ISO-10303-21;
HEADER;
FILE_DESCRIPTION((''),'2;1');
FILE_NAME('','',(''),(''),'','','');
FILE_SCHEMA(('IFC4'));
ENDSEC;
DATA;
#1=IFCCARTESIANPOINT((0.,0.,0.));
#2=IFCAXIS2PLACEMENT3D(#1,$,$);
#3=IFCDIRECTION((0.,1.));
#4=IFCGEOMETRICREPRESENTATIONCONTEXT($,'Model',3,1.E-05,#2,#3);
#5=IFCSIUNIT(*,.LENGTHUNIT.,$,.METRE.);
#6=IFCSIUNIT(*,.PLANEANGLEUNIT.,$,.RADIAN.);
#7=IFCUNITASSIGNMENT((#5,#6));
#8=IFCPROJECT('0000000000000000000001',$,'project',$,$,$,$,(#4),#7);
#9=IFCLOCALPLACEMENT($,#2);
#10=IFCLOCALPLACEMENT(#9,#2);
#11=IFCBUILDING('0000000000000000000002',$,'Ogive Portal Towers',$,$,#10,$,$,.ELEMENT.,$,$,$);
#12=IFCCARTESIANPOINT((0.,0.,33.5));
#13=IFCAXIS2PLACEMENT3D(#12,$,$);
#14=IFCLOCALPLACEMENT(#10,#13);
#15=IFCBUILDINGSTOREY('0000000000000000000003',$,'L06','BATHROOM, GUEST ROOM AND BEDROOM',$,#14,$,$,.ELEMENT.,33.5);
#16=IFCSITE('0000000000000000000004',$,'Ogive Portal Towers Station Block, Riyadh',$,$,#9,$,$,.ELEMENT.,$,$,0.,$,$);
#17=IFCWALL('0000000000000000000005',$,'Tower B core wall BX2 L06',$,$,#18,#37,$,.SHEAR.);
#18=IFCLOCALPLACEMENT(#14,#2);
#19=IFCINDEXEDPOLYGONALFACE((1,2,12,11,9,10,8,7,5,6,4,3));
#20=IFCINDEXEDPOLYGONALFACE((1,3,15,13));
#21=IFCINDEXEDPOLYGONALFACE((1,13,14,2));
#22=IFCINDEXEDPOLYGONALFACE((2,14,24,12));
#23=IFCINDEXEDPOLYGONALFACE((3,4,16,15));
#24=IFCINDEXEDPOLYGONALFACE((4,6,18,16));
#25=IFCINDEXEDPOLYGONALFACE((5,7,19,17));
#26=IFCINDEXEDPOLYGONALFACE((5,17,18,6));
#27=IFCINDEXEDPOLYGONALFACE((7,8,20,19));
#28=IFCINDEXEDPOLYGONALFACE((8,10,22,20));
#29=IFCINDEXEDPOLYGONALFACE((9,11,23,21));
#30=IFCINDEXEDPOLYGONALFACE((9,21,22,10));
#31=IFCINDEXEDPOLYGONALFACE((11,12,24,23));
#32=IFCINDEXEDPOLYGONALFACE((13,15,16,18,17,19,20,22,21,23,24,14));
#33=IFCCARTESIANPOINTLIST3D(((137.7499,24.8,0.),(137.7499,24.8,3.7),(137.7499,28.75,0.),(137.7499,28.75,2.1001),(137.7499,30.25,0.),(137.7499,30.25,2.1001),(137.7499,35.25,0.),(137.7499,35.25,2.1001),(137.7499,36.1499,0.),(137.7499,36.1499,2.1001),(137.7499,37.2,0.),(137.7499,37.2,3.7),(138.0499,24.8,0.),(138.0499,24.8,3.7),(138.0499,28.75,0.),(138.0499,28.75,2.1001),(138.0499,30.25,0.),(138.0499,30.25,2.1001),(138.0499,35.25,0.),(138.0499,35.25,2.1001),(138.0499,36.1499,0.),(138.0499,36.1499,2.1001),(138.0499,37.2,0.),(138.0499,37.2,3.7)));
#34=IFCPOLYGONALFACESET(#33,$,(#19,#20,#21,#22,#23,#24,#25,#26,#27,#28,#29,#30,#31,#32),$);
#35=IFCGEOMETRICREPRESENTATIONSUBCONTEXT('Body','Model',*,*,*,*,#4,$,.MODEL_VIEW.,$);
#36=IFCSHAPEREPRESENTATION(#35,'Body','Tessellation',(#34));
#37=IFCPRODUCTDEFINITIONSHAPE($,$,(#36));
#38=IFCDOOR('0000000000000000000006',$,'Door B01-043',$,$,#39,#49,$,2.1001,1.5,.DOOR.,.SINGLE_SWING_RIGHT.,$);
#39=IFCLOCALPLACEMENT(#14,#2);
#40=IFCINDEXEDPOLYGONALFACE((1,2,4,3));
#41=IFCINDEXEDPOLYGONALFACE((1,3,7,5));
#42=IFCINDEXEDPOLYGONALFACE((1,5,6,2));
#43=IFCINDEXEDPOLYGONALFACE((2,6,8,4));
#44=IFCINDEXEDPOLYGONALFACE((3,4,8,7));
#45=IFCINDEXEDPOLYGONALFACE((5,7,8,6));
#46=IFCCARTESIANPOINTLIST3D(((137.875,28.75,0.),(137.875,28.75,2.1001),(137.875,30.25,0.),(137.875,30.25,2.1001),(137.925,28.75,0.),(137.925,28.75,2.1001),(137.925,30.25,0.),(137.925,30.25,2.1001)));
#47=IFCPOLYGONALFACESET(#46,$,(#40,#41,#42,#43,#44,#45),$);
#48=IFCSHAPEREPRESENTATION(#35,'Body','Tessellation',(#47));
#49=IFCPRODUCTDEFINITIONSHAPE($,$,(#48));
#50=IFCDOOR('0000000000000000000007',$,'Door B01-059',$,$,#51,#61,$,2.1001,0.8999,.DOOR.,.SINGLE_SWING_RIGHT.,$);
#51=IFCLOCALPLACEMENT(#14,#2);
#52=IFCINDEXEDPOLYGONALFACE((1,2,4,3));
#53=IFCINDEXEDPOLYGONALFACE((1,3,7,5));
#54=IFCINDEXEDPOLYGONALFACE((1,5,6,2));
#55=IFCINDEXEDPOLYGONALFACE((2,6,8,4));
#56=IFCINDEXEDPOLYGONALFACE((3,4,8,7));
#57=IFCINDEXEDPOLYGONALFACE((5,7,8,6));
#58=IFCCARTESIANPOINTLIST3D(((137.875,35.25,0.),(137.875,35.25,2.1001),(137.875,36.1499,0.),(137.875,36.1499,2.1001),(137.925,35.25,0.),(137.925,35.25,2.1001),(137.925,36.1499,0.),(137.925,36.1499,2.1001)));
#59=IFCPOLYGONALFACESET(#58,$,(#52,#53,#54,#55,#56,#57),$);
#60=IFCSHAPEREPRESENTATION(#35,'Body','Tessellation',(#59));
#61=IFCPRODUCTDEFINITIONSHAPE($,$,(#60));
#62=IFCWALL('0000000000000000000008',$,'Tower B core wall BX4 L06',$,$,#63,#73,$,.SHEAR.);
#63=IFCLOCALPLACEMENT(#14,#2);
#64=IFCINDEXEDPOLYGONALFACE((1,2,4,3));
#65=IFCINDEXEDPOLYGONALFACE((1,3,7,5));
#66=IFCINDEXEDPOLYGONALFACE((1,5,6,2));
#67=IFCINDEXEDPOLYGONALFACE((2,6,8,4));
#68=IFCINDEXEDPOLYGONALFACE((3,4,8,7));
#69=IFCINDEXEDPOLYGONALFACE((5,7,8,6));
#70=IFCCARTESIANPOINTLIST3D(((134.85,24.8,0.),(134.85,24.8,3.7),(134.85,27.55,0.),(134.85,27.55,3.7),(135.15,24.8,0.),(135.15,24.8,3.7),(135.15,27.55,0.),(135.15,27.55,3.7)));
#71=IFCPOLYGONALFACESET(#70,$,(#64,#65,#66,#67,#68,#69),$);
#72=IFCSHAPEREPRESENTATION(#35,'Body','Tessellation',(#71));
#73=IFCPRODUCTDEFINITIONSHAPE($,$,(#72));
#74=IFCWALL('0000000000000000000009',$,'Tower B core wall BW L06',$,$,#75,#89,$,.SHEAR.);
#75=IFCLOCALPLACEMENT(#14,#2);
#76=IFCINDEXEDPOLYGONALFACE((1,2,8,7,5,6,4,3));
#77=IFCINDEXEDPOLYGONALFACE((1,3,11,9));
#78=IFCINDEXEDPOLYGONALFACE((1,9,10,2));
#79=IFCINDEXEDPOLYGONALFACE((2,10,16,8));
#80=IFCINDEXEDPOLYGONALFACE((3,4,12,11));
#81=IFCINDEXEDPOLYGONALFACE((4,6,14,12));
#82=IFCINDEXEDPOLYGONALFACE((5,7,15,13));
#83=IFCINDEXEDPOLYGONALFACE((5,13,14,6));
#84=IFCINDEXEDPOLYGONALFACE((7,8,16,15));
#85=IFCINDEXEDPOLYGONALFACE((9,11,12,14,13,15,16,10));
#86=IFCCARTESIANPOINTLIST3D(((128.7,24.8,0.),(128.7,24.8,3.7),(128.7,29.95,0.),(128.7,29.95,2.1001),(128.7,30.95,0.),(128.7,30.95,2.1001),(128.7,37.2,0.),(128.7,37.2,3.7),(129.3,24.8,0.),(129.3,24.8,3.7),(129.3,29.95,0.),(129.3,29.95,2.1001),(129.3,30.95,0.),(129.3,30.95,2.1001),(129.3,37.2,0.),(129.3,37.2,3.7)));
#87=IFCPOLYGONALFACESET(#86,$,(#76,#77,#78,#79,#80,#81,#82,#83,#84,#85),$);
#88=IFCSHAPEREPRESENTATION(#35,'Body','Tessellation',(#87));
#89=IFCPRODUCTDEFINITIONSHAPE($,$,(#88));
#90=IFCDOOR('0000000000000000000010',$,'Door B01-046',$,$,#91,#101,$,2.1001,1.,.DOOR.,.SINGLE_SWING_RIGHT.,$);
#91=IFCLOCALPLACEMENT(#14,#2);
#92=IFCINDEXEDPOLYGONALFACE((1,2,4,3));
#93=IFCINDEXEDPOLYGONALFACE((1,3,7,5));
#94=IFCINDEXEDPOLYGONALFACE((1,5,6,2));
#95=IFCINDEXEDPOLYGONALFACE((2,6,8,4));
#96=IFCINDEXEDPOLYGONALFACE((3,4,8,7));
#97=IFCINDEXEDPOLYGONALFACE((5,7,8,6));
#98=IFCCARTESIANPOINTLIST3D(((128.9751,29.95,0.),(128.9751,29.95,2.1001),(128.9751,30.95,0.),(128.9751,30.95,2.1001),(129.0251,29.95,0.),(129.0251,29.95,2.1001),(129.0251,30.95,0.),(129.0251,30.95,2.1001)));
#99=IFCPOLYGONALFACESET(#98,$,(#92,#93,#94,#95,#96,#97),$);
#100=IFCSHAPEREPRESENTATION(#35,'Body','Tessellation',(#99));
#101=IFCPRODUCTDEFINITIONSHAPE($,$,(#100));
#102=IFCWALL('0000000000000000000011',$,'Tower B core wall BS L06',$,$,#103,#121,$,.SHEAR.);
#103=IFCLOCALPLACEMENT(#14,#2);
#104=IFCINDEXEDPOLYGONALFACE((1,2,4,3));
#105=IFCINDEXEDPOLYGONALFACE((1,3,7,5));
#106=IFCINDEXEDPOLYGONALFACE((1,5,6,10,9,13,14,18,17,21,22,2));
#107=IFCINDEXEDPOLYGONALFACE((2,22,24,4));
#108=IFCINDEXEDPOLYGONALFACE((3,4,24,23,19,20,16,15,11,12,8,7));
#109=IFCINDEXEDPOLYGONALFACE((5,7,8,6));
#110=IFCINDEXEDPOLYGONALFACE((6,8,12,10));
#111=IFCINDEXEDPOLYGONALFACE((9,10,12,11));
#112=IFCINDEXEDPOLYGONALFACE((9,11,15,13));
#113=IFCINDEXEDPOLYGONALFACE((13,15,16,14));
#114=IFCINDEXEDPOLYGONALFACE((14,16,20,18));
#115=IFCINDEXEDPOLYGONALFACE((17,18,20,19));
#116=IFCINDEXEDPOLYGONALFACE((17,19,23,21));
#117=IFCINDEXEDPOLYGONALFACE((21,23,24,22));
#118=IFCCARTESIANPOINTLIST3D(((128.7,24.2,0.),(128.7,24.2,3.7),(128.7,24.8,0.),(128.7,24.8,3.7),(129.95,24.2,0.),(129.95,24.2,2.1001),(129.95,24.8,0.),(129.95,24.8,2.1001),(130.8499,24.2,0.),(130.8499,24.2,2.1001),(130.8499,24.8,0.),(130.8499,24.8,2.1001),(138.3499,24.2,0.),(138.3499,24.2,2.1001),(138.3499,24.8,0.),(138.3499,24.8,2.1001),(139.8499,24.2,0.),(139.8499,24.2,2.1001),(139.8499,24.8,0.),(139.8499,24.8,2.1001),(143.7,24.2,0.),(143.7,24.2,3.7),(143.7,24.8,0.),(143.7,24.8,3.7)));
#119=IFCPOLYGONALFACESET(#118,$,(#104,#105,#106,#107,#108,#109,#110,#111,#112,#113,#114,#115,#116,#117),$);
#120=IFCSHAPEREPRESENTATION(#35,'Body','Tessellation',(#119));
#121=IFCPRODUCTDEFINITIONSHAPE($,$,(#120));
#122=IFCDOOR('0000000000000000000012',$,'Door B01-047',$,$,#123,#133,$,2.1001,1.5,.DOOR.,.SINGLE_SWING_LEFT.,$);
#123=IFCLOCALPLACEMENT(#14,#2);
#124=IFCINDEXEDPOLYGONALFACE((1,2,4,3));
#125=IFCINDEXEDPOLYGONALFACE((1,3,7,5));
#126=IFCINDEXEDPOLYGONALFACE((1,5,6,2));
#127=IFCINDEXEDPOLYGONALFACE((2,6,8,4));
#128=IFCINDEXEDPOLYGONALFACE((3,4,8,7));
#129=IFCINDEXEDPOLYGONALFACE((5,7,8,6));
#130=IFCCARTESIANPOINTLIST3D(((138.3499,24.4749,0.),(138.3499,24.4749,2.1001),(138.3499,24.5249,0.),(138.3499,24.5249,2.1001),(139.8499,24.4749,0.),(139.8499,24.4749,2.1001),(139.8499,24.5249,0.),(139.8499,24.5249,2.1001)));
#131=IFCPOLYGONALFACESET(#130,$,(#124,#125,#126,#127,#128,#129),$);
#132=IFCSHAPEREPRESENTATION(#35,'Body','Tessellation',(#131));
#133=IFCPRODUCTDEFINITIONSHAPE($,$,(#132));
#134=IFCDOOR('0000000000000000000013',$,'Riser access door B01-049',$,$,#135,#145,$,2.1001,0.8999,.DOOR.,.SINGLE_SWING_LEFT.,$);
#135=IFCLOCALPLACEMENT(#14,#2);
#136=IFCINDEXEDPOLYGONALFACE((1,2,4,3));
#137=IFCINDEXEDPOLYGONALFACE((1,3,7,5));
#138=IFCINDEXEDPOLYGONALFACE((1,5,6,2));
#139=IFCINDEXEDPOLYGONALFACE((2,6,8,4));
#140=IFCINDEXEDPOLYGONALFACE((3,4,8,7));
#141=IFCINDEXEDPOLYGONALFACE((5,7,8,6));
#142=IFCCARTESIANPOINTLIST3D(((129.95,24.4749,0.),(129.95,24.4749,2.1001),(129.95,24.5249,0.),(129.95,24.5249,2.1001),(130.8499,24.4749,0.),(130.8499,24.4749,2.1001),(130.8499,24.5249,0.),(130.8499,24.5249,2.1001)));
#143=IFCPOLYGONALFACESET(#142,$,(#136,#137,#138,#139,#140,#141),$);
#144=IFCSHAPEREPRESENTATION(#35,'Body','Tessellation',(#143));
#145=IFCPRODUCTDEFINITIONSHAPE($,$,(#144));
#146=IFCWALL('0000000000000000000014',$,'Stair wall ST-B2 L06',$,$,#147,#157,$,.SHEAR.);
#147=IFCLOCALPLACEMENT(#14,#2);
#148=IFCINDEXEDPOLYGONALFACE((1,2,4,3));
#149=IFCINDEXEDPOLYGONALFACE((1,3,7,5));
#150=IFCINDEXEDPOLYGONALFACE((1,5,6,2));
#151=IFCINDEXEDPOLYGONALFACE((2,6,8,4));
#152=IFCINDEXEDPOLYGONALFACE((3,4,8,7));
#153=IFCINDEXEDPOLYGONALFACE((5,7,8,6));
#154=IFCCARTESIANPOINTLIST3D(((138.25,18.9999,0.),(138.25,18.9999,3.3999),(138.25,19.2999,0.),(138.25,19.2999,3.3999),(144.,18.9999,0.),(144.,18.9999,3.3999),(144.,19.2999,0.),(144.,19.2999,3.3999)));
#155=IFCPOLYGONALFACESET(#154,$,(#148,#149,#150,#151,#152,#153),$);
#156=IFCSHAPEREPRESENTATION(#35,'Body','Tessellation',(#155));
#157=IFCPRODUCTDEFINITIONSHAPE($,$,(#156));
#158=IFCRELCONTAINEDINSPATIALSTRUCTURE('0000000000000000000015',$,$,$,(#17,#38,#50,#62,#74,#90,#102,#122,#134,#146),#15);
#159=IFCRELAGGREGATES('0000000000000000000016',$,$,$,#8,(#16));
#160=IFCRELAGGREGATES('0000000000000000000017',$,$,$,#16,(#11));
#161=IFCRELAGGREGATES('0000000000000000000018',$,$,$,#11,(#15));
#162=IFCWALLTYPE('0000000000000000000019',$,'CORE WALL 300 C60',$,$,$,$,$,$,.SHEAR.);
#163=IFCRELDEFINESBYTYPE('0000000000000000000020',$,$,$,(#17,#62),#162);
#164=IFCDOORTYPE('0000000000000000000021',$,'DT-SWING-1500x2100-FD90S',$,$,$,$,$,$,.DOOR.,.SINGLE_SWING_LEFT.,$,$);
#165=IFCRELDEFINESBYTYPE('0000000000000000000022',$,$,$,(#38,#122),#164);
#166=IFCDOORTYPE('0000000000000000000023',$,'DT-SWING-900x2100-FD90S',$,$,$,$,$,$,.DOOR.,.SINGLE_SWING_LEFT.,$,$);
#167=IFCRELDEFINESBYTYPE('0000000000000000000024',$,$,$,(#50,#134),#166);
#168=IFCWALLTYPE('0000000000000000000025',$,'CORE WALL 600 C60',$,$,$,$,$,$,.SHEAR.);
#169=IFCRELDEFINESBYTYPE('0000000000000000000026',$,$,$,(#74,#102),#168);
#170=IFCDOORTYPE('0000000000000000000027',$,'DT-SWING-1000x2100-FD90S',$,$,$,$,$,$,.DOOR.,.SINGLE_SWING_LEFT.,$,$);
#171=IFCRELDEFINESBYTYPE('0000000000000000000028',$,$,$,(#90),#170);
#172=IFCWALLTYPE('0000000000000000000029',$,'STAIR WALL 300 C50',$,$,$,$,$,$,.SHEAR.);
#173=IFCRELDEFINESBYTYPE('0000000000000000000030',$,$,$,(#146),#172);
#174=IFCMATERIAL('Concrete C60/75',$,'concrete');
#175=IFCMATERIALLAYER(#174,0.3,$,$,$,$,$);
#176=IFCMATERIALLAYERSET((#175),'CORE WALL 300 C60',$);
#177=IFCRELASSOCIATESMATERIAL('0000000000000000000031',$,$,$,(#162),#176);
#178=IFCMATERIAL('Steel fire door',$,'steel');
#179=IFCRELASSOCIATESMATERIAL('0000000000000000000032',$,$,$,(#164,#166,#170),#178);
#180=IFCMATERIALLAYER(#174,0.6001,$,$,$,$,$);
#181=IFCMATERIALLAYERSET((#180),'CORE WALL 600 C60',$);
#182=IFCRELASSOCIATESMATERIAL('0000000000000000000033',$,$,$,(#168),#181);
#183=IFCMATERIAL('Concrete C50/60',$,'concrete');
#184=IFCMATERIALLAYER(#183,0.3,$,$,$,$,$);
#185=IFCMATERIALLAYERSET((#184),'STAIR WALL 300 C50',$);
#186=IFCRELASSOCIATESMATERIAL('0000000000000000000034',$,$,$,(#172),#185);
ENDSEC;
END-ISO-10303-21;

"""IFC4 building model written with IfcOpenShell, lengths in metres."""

from ifc_helpers import new_model, si_unit, direction, frame, frame_2d, origin, place, context, subcontext, project, spatial, rectangle, extrude, material, layer, layer_set, type_object, element, fill, save


model = new_model("IFC4")

# Units and contexts
model_context = context("Model", 3, precision=1e-05, world=origin(), true_north=direction((0.0, 1.0)))
body_context = subcontext(model_context, "Body", "Model", "MODEL_VIEW")
ifc_project = project(units=[si_unit("LENGTHUNIT", "METRE"), si_unit("PLANEANGLEUNIT", "RADIAN")], contexts=[model_context])

# Site, building, storey
site_placement = place(None, origin())
site = spatial("IfcSite", under=ifc_project, at=site_placement, Name="Ogive Portal Towers Station Block, Riyadh", CompositionType="ELEMENT", RefElevation=0.0)
building_placement = place(site_placement, origin())
building = spatial("IfcBuilding", under=site, at=building_placement, Name="Ogive Portal Towers", CompositionType="ELEMENT")
storey_placement = place(building_placement, frame((0.0, 0.0, 33.5)))
storey = spatial("IfcBuildingStorey", under=building, at=storey_placement, Name="L06", Description="BATHROOM, GUEST ROOM AND BEDROOM", CompositionType="ELEMENT", Elevation=33.5)

# Shared definitions
ifc_material_1 = material(Name="Concrete C60/75", Category="concrete")

# Shared definitions
ifc_layer_1 = layer(ifc_material_1, 0.3)
ifc_layer_set_1 = layer_set([ifc_layer_1], Name="CORE WALL 300 C60")
wall_type_1 = type_object("IfcWallType", Name="CORE WALL 300 C60", PredefinedType="SHEAR", material=ifc_layer_set_1)
ifc_material_2 = material(Name="Steel fire door", Category="steel")

# Wall, openings, doors
wall_1_placement = place(storey_placement, frame((137.8999, 24.8, 0.0), z_axis=(0.0, 0.0, 1.0), x_axis=(0.0, 1.0, 0.0)))
wall_1 = element("IfcWall", 1, at=wall_1_placement, inside=storey, type_object=wall_type_1, Name="Tower B core wall BX2 L06", PredefinedType="SHEAR", context=body_context, shape_type="SweptSolid", body=[
    extrude(rectangle(XDim=12.3999, YDim=0.3, at=frame_2d((6.2, 0.0))), origin(), (0.0, 0.0, 1.0), 3.7),
])
opening_1_placement = place(wall_1_placement, frame((3.95, 0.0, 0.0)))
opening_1 = element("IfcOpeningElement", 2, at=opening_1_placement, cuts=wall_1, PredefinedType="OPENING", context=body_context, shape_type="SweptSolid", body=[
    extrude(rectangle(XDim=1.5, YDim=2.1001, at=frame_2d((0.75, 1.05))), frame((0.0, 0.1602, 0.0), z_axis=(0.0, -1.0, 0.0), x_axis=(1.0, 0.0, 0.0)), (0.0, 0.0, 1.0), 0.3201),
])
opening_2_placement = place(wall_1_placement, frame((10.45, 0.0, 0.0)))
opening_2 = element("IfcOpeningElement", 3, at=opening_2_placement, cuts=wall_1, PredefinedType="OPENING", context=body_context, shape_type="SweptSolid", body=[
    extrude(rectangle(XDim=0.8999, YDim=2.1001, at=frame_2d((0.45, 1.05))), frame((0.0, 0.1602, 0.0), z_axis=(0.0, -1.0, 0.0), x_axis=(1.0, 0.0, 0.0)), (0.0, 0.0, 1.0), 0.3201),
])
door_type_1 = type_object("IfcDoorType", Name="DT-SWING-1500x2100-FD90S", OperationType="SINGLE_SWING_LEFT", PredefinedType="DOOR", material=ifc_material_2)
door_1_placement = place(opening_1_placement, origin())
door_1 = element("IfcDoor", 4, at=door_1_placement, inside=storey, type_object=door_type_1, Name="Door B01-043", OperationType="SINGLE_SWING_RIGHT", OverallHeight=2.1001, OverallWidth=1.5, PredefinedType="DOOR", context=body_context, shape_type="SweptSolid", body=[
    extrude(rectangle(XDim=1.5, YDim=2.1001, at=frame_2d((0.75, 1.05))), frame((0.0, 0.0249, 0.0), z_axis=(0.0, -1.0, 0.0), x_axis=(1.0, 0.0, 0.0)), (0.0, 0.0, 1.0), 0.05),
])
fill(opening_1, door_1)
door_type_2 = type_object("IfcDoorType", Name="DT-SWING-900x2100-FD90S", OperationType="SINGLE_SWING_LEFT", PredefinedType="DOOR", material=ifc_material_2)
door_2_placement = place(opening_2_placement, origin())
door_2 = element("IfcDoor", 5, at=door_2_placement, inside=storey, type_object=door_type_2, Name="Door B01-059", OperationType="SINGLE_SWING_RIGHT", OverallHeight=2.1001, OverallWidth=0.8999, PredefinedType="DOOR", context=body_context, shape_type="SweptSolid", body=[
    extrude(rectangle(XDim=0.8999, YDim=2.1001, at=frame_2d((0.45, 1.05))), frame((0.0, 0.0249, 0.0), z_axis=(0.0, -1.0, 0.0), x_axis=(1.0, 0.0, 0.0)), (0.0, 0.0, 1.0), 0.05),
])
fill(opening_2, door_2)

# Wall
wall_2_placement = place(storey_placement, frame((135.0, 24.8, 0.0), z_axis=(0.0, 0.0, 1.0), x_axis=(0.0, 1.0, 0.0)))
element("IfcWall", 6, at=wall_2_placement, inside=storey, type_object=wall_type_1, Name="Tower B core wall BX4 L06", PredefinedType="SHEAR", context=body_context, shape_type="SweptSolid", body=[
    extrude(rectangle(XDim=2.75, YDim=0.3, at=frame_2d((1.375, 0.0))), origin(), (0.0, 0.0, 1.0), 3.7),
])

# Wall, opening, door
ifc_layer_2 = layer(ifc_material_1, 0.6001)
ifc_layer_set_2 = layer_set([ifc_layer_2], Name="CORE WALL 600 C60")
wall_type_2 = type_object("IfcWallType", Name="CORE WALL 600 C60", PredefinedType="SHEAR", material=ifc_layer_set_2)
wall_3_placement = place(storey_placement, frame((129.0, 24.8, 0.0), z_axis=(0.0, 0.0, 1.0), x_axis=(0.0, 1.0, 0.0)))
wall_3 = element("IfcWall", 7, at=wall_3_placement, inside=storey, type_object=wall_type_2, Name="Tower B core wall BW L06", PredefinedType="SHEAR", context=body_context, shape_type="SweptSolid", body=[
    extrude(rectangle(XDim=12.3999, YDim=0.6001, at=frame_2d((6.2, 0.0))), origin(), (0.0, 0.0, 1.0), 3.7),
])
opening_3_placement = place(wall_3_placement, frame((5.1499, 0.0, 0.0)))
opening_3 = element("IfcOpeningElement", 8, at=opening_3_placement, cuts=wall_3, PredefinedType="OPENING", context=body_context, shape_type="SweptSolid", body=[
    extrude(rectangle(XDim=1.0, YDim=2.1001, at=frame_2d((0.5, 1.05))), frame((0.0, 0.3101, 0.0), z_axis=(0.0, -1.0, 0.0), x_axis=(1.0, 0.0, 0.0)), (0.0, 0.0, 1.0), 0.6201),
])
door_type_3 = type_object("IfcDoorType", Name="DT-SWING-1000x2100-FD90S", OperationType="SINGLE_SWING_LEFT", PredefinedType="DOOR", material=ifc_material_2)
door_3_placement = place(opening_3_placement, origin())
door_3 = element("IfcDoor", 9, at=door_3_placement, inside=storey, type_object=door_type_3, Name="Door B01-046", OperationType="SINGLE_SWING_RIGHT", OverallHeight=2.1001, OverallWidth=1.0, PredefinedType="DOOR", context=body_context, shape_type="SweptSolid", body=[
    extrude(rectangle(XDim=1.0, YDim=2.1001, at=frame_2d((0.5, 1.05))), frame((0.0, 0.0249, 0.0), z_axis=(0.0, -1.0, 0.0), x_axis=(1.0, 0.0, 0.0)), (0.0, 0.0, 1.0), 0.05),
])
fill(opening_3, door_3)

# Wall, openings, doors
wall_4_placement = place(storey_placement, frame((128.7, 24.5, 0.0), z_axis=(0.0, 0.0, 1.0), x_axis=(1.0, 0.0, 0.0)))
wall_4 = element("IfcWall", 10, at=wall_4_placement, inside=storey, type_object=wall_type_2, Name="Tower B core wall BS L06", PredefinedType="SHEAR", context=body_context, shape_type="SweptSolid", body=[
    extrude(rectangle(XDim=15.0, YDim=0.6001, at=frame_2d((7.5, 0.0))), origin(), (0.0, 0.0, 1.0), 3.7),
])
opening_4_placement = place(wall_4_placement, frame((9.6499, 0.0, 0.0)))
opening_4 = element("IfcOpeningElement", 11, at=opening_4_placement, cuts=wall_4, PredefinedType="OPENING", context=body_context, shape_type="SweptSolid", body=[
    extrude(rectangle(XDim=1.5, YDim=2.1001, at=frame_2d((0.75, 1.05))), frame((0.0, 0.3101, 0.0), z_axis=(0.0, -1.0, 0.0), x_axis=(1.0, 0.0, 0.0)), (0.0, 0.0, 1.0), 0.6201),
])
opening_5_placement = place(wall_4_placement, frame((1.25, 0.0, 0.0)))
opening_5 = element("IfcOpeningElement", 12, at=opening_5_placement, cuts=wall_4, PredefinedType="OPENING", context=body_context, shape_type="SweptSolid", body=[
    extrude(rectangle(XDim=0.8999, YDim=2.1001, at=frame_2d((0.45, 1.05))), frame((0.0, 0.3101, 0.0), z_axis=(0.0, -1.0, 0.0), x_axis=(1.0, 0.0, 0.0)), (0.0, 0.0, 1.0), 0.6201),
])
door_4_placement = place(opening_4_placement, origin())
door_4 = element("IfcDoor", 13, at=door_4_placement, inside=storey, type_object=door_type_1, Name="Door B01-047", OperationType="SINGLE_SWING_LEFT", OverallHeight=2.1001, OverallWidth=1.5, PredefinedType="DOOR", context=body_context, shape_type="SweptSolid", body=[
    extrude(rectangle(XDim=1.5, YDim=2.1001, at=frame_2d((0.75, 1.05))), frame((0.0, 0.0249, 0.0), z_axis=(0.0, -1.0, 0.0), x_axis=(1.0, 0.0, 0.0)), (0.0, 0.0, 1.0), 0.05),
])
fill(opening_4, door_4)
door_5_placement = place(opening_5_placement, origin())
door_5 = element("IfcDoor", 14, at=door_5_placement, inside=storey, type_object=door_type_2, Name="Riser access door B01-049", OperationType="SINGLE_SWING_LEFT", OverallHeight=2.1001, OverallWidth=0.8999, PredefinedType="DOOR", context=body_context, shape_type="SweptSolid", body=[
    extrude(rectangle(XDim=0.8999, YDim=2.1001, at=frame_2d((0.45, 1.05))), frame((0.0, 0.0249, 0.0), z_axis=(0.0, -1.0, 0.0), x_axis=(1.0, 0.0, 0.0)), (0.0, 0.0, 1.0), 0.05),
])
fill(opening_5, door_5)

# Wall
ifc_material_3 = material(Name="Concrete C50/60", Category="concrete")
ifc_layer_3 = layer(ifc_material_3, 0.3)
ifc_layer_set_3 = layer_set([ifc_layer_3], Name="STAIR WALL 300 C50")
wall_type_3 = type_object("IfcWallType", Name="STAIR WALL 300 C50", PredefinedType="SHEAR", material=ifc_layer_set_3)
wall_5_placement = place(storey_placement, frame((138.25, 19.1499, 0.0), z_axis=(0.0, 0.0, 1.0), x_axis=(1.0, 0.0, 0.0)))
element("IfcWall", 15, at=wall_5_placement, inside=storey, type_object=wall_type_3, Name="Stair wall ST-B2 L06", PredefinedType="SHEAR", context=body_context, shape_type="SweptSolid", body=[
    extrude(rectangle(XDim=5.75, YDim=0.3, at=frame_2d((2.875, 0.0))), origin(), (0.0, 0.0, 1.0), 3.3999),
])

save(model, "model.ifc")
